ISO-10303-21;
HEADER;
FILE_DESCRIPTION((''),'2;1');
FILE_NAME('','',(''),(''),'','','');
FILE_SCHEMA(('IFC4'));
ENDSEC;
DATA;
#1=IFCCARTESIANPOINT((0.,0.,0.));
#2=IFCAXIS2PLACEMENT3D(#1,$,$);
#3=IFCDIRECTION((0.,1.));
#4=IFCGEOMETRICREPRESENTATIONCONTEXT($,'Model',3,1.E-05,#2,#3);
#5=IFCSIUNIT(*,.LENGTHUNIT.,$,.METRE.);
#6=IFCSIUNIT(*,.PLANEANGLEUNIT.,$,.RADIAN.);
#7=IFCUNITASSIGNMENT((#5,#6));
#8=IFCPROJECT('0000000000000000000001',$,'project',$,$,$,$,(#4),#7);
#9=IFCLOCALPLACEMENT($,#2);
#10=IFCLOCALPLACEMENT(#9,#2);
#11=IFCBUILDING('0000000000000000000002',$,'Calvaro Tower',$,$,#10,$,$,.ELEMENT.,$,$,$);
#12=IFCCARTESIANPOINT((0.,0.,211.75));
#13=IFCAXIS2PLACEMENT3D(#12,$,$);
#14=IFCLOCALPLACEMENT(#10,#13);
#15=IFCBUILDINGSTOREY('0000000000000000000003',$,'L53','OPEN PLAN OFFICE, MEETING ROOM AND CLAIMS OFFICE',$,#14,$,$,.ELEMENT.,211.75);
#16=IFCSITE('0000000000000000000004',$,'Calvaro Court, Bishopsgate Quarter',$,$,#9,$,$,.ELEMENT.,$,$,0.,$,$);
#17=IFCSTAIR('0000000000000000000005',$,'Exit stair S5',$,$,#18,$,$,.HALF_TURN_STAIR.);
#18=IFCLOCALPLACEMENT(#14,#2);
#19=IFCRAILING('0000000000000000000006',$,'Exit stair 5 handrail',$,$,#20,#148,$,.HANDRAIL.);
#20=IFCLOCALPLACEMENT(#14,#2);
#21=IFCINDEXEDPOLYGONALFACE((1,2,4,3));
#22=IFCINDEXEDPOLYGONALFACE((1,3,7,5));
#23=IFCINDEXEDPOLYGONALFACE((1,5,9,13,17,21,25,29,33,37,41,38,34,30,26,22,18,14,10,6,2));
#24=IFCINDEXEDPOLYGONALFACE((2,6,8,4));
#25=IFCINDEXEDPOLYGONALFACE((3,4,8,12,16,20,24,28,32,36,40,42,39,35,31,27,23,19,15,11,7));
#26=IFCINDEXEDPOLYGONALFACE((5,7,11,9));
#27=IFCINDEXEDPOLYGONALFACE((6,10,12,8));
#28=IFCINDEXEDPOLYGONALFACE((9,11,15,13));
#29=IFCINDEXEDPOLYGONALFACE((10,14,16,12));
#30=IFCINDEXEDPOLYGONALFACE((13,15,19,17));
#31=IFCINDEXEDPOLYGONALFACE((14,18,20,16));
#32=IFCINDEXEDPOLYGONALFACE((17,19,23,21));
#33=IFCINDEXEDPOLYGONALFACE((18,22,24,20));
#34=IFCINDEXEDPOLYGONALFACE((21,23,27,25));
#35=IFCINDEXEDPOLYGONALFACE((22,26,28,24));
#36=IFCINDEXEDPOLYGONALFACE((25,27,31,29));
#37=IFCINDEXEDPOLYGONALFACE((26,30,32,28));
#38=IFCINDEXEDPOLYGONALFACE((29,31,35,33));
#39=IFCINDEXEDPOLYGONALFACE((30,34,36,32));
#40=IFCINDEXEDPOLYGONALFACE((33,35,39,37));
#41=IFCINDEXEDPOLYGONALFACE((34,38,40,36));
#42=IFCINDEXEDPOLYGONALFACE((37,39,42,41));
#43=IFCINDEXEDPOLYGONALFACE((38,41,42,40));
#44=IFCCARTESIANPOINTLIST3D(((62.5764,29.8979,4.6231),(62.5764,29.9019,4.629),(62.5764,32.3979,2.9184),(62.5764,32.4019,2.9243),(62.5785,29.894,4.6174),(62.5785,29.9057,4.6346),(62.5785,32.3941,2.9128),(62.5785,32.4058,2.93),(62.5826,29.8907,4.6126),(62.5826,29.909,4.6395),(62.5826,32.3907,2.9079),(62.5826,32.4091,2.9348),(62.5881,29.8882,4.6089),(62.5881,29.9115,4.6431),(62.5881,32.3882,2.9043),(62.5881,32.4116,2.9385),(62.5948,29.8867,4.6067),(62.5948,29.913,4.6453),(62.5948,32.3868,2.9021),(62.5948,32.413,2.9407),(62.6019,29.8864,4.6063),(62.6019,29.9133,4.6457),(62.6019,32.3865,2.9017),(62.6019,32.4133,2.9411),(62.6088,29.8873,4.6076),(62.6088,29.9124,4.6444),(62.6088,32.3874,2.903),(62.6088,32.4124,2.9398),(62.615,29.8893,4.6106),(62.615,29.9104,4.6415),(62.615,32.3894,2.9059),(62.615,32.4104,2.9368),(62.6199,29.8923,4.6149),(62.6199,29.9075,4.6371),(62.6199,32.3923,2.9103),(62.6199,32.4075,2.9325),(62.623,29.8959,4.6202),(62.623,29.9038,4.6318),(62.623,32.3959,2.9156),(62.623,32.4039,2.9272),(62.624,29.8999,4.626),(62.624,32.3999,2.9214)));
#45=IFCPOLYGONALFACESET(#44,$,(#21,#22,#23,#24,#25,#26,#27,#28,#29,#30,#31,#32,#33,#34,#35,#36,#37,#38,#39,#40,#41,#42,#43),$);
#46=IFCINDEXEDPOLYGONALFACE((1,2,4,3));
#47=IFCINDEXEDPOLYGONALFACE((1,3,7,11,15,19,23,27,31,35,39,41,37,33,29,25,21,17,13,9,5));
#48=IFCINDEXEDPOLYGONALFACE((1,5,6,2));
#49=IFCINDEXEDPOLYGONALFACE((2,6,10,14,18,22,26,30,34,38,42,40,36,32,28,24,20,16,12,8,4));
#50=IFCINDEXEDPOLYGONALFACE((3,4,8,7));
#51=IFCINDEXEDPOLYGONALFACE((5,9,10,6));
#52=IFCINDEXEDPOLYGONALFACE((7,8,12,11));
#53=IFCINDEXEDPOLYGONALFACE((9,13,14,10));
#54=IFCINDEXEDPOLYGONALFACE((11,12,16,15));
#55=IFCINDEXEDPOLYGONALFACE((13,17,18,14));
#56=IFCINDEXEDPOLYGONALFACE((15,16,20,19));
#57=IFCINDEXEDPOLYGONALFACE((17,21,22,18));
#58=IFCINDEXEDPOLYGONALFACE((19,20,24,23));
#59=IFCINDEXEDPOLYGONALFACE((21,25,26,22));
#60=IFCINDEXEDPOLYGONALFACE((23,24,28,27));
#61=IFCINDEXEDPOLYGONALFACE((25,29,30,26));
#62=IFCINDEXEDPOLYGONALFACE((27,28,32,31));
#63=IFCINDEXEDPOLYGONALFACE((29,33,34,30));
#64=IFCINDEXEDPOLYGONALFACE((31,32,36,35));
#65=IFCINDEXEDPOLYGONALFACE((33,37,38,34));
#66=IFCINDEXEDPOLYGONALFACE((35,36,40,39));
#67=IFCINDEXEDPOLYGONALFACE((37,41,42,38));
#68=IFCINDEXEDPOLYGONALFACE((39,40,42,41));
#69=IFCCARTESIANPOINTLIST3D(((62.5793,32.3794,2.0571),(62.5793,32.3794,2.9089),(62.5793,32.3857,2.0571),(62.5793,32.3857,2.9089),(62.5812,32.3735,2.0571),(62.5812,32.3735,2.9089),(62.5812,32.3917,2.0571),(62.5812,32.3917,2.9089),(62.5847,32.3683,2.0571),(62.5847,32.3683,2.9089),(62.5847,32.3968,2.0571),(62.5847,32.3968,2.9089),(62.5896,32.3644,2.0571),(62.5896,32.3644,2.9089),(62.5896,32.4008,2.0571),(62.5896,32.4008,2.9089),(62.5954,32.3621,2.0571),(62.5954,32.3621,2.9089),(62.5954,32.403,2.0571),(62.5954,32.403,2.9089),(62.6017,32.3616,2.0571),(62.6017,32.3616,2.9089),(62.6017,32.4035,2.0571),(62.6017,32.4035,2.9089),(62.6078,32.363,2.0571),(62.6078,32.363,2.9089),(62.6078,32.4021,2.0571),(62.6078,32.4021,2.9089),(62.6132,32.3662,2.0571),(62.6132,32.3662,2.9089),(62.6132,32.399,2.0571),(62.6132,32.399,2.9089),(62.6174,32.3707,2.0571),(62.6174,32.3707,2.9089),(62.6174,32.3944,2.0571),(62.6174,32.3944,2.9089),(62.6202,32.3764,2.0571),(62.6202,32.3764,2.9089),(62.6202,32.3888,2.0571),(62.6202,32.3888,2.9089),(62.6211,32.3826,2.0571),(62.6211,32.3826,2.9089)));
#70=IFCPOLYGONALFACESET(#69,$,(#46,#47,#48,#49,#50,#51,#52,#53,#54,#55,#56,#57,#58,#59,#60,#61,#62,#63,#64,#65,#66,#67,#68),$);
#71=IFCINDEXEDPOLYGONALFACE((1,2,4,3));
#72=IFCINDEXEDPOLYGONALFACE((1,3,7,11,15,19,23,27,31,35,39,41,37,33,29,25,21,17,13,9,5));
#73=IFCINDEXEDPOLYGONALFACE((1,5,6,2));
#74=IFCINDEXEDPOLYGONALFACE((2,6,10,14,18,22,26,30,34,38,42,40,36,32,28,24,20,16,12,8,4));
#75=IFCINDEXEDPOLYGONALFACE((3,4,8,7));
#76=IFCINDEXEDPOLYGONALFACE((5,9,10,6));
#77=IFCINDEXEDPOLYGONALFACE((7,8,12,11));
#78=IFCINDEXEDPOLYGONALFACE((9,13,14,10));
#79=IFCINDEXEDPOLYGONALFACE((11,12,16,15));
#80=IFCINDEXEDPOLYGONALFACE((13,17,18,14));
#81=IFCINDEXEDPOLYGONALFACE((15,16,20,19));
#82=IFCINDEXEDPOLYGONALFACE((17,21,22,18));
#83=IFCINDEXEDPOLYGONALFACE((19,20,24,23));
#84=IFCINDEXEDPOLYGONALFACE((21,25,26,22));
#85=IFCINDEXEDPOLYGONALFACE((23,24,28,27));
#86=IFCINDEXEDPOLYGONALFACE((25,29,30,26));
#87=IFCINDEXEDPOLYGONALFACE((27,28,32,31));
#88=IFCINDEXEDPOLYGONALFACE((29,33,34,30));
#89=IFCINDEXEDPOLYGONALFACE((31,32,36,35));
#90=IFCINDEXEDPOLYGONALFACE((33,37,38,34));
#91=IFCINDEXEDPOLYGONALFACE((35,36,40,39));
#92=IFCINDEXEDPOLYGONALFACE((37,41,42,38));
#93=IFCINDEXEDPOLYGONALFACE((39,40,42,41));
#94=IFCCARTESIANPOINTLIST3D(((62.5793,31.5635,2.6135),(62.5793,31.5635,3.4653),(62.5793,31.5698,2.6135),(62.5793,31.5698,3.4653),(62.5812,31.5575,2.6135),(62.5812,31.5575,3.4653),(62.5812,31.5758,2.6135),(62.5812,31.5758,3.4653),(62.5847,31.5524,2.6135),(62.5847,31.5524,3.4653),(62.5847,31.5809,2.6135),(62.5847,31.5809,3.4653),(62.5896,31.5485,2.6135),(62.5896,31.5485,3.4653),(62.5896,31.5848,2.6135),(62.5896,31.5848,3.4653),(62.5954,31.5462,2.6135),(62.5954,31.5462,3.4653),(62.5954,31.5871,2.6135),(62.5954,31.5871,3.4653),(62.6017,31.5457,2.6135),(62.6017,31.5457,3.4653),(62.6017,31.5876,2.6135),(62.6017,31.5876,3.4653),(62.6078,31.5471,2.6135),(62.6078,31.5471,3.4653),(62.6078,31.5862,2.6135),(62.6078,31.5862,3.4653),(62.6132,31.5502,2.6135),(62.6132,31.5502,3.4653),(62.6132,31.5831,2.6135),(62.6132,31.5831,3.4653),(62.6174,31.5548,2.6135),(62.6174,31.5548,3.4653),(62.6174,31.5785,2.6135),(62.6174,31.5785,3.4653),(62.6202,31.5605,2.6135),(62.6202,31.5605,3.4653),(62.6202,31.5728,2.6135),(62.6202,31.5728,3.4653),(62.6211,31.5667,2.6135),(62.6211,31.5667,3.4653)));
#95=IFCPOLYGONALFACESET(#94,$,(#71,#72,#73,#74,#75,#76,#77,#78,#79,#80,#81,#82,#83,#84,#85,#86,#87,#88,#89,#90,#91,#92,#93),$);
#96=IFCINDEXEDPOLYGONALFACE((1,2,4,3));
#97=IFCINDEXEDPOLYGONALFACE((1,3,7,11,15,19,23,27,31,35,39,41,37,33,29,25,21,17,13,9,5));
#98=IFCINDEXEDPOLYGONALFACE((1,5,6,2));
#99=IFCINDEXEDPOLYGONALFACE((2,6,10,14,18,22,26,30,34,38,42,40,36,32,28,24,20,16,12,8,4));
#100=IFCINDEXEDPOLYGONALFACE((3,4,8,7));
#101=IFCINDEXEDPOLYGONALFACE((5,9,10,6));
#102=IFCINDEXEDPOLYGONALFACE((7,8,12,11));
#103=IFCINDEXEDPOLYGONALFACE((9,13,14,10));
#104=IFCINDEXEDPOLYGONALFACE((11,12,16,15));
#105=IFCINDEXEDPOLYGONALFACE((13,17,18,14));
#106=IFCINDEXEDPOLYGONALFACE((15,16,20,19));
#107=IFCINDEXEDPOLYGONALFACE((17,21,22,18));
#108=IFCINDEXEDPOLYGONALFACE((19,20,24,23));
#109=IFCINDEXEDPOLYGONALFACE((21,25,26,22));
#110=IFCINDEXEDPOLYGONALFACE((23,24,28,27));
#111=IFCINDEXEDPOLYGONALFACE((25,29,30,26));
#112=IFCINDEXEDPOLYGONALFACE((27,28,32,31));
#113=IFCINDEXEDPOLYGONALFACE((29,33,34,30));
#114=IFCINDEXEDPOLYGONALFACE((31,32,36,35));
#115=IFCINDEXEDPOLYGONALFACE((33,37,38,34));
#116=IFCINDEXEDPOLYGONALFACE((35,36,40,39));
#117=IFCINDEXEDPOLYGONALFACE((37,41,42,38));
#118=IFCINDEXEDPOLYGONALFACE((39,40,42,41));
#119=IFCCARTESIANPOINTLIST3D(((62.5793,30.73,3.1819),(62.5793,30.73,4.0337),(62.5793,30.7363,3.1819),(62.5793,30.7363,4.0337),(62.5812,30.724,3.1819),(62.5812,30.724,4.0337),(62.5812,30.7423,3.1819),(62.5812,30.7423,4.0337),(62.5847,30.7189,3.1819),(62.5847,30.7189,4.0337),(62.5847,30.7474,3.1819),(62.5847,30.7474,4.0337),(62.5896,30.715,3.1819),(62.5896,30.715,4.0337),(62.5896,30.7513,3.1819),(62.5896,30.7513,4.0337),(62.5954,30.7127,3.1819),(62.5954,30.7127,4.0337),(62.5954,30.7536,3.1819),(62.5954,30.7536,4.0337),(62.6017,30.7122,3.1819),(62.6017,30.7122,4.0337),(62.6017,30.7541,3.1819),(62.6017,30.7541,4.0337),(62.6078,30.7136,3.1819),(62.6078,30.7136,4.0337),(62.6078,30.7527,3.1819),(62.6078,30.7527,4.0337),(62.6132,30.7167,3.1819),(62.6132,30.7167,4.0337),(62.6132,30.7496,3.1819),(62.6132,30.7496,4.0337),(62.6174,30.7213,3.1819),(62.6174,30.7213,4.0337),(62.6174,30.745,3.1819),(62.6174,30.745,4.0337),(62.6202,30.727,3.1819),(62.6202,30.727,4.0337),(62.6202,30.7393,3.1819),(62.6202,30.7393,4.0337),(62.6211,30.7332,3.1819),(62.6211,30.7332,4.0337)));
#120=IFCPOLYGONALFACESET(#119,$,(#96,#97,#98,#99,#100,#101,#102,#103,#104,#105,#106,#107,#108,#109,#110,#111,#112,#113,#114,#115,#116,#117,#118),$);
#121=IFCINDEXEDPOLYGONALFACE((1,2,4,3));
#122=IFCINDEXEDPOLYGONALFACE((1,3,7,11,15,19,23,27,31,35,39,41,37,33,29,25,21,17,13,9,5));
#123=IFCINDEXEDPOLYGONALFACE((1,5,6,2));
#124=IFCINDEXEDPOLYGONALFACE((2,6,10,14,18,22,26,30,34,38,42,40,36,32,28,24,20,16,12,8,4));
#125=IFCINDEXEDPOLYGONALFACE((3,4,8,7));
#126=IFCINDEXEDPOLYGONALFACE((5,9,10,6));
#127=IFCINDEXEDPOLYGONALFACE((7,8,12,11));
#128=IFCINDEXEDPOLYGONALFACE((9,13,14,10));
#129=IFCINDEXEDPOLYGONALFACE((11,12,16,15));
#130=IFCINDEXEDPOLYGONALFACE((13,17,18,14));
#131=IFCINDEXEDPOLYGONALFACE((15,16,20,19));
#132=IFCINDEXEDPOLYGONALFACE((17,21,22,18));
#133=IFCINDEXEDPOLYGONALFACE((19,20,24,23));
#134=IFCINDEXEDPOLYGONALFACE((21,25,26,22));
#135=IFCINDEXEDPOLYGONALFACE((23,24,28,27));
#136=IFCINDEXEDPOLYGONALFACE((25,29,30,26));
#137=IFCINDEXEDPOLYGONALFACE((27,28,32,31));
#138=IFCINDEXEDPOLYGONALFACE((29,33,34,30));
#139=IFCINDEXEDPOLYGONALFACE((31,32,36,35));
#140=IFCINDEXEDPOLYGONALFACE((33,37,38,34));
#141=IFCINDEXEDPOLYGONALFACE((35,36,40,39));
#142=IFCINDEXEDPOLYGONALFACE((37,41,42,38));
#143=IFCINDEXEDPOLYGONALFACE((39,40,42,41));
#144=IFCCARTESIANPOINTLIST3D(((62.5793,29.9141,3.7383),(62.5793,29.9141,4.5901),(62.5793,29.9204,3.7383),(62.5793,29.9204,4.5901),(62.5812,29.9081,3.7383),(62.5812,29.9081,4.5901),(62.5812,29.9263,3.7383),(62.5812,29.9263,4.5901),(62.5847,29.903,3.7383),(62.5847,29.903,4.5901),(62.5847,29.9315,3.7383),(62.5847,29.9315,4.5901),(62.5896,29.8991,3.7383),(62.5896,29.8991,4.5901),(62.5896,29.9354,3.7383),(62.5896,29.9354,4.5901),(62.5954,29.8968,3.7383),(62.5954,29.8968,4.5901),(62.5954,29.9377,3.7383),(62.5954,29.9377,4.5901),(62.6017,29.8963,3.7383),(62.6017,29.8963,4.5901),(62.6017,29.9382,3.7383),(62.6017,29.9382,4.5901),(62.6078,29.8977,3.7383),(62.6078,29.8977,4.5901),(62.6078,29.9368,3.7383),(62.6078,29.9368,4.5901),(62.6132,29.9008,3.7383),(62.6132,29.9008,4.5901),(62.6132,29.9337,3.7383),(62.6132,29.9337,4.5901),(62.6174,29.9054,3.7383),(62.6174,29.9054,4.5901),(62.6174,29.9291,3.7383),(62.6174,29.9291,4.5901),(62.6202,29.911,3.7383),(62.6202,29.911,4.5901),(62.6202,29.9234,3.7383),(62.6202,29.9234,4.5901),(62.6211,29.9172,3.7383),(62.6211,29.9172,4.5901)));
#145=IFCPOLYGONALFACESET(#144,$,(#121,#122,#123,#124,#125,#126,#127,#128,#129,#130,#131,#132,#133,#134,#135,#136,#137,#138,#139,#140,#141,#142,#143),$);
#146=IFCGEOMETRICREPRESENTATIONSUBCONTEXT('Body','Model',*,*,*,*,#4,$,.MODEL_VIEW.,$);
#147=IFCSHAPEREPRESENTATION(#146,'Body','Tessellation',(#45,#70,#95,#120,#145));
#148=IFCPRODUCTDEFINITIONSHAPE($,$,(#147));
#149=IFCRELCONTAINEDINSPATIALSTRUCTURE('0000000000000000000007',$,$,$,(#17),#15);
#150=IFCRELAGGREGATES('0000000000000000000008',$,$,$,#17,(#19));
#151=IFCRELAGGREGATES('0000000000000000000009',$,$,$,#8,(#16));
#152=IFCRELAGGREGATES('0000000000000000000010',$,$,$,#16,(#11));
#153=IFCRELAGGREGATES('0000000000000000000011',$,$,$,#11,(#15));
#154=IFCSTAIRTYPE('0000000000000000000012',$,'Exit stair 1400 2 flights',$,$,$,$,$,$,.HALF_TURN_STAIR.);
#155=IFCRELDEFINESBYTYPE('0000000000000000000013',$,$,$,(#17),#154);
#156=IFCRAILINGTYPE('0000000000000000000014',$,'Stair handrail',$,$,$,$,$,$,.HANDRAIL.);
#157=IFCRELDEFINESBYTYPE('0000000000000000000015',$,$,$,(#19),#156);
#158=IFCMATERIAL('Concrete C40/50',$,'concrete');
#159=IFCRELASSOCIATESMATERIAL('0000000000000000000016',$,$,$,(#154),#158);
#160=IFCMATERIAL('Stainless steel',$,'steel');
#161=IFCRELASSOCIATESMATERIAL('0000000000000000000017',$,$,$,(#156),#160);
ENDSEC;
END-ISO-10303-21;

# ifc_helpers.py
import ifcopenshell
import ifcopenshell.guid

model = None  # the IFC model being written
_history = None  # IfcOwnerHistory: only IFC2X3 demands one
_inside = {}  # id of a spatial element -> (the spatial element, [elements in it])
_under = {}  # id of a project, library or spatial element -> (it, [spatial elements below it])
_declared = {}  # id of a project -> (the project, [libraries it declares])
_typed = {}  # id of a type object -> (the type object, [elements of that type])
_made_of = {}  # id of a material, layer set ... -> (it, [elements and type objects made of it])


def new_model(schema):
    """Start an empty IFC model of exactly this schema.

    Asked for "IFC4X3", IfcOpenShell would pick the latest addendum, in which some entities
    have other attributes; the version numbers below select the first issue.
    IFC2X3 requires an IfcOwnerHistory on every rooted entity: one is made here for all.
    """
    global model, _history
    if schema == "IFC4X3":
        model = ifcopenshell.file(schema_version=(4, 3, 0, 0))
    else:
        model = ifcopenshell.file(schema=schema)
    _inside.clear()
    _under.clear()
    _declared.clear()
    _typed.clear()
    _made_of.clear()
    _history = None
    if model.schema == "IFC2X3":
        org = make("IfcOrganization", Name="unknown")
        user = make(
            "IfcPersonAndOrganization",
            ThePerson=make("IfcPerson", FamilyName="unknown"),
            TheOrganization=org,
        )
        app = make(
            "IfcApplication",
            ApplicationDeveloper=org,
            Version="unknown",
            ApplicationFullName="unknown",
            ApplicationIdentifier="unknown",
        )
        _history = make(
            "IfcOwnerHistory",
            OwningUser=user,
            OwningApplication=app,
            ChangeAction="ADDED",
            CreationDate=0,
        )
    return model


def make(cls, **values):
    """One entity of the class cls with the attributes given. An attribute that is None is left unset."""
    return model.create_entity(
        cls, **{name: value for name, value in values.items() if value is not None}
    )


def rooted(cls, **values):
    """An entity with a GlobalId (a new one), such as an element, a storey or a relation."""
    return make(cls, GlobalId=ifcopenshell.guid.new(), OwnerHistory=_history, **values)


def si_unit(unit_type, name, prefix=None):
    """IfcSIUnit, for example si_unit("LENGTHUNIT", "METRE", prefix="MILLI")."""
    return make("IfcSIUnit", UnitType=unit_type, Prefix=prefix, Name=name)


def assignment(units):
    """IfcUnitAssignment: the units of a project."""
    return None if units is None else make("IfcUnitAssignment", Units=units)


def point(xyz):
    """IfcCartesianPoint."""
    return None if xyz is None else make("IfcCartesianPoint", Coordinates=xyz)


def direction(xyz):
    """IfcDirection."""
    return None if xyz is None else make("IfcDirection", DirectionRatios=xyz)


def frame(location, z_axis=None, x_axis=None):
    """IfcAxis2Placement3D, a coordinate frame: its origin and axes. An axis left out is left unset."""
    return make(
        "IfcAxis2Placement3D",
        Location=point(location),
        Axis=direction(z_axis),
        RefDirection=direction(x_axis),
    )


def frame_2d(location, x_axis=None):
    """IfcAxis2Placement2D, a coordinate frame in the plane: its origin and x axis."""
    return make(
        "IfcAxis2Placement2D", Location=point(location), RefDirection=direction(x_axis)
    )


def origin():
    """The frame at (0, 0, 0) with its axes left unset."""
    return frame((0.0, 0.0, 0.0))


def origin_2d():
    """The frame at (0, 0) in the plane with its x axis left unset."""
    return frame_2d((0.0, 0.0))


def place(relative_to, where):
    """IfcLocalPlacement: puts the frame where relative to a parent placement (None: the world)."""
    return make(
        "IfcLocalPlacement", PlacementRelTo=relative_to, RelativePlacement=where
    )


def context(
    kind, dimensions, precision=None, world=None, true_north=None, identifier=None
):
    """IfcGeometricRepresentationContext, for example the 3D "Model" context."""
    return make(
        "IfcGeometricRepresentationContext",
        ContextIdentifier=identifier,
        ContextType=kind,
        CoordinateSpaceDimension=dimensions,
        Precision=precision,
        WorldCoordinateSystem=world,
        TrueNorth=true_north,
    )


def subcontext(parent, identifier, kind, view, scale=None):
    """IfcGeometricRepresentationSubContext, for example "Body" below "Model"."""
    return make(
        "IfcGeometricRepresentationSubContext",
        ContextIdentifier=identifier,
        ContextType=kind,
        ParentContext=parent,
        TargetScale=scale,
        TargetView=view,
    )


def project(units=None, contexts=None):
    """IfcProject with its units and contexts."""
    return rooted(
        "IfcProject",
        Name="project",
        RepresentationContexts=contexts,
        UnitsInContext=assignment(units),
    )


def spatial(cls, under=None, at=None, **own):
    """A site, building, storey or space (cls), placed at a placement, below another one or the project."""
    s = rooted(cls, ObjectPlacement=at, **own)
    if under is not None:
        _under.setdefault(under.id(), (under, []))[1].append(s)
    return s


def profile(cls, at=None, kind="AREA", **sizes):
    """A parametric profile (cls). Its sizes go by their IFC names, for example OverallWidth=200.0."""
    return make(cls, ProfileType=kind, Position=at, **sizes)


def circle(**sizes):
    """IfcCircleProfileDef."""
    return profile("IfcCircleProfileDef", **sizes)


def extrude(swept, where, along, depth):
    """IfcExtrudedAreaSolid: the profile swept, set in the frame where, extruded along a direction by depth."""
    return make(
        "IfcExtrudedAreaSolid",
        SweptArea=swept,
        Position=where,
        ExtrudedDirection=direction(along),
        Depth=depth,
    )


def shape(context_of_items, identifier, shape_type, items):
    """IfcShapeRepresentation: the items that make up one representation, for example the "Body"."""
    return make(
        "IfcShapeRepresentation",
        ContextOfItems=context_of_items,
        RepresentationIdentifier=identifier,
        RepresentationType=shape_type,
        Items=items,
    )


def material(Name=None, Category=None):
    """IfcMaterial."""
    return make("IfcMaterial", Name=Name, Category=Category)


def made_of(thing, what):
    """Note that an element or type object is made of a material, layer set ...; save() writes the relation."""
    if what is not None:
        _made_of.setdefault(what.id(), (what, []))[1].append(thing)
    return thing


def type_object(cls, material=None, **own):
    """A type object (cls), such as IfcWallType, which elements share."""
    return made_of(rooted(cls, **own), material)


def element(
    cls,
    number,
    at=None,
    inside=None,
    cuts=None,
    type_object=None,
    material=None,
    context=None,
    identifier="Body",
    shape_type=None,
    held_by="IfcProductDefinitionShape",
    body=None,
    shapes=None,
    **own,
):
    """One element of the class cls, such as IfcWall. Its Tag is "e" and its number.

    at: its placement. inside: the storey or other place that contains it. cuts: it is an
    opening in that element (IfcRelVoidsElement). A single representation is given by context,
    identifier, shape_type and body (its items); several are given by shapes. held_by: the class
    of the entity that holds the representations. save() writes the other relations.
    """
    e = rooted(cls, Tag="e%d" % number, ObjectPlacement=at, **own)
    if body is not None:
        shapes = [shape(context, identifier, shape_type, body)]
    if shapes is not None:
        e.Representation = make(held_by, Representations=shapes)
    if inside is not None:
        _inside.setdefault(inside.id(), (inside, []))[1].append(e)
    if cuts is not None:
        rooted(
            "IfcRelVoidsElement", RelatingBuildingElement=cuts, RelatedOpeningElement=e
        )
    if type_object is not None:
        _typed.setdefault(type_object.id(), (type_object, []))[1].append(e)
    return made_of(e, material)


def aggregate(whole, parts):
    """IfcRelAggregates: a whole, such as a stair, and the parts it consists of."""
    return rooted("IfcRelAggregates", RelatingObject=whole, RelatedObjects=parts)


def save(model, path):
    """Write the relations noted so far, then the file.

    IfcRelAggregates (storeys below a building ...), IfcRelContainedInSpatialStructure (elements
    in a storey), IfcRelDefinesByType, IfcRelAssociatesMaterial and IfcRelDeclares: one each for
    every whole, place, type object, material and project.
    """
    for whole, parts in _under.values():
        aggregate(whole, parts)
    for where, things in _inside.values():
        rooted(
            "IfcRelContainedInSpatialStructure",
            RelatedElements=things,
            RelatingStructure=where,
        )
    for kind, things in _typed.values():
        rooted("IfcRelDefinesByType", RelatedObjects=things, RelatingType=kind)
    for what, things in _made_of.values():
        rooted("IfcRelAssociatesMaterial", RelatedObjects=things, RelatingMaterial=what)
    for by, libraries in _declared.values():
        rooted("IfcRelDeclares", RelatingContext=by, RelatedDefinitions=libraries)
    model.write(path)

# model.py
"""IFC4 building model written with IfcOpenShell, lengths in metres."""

from ifc_helpers import new_model, si_unit, direction, frame, origin, origin_2d, place, context, subcontext, project, spatial, circle, extrude, material, type_object, element, aggregate, save


model = new_model("IFC4")

# Units and contexts
model_context = context("Model", 3, precision=1e-05, world=origin(), true_north=direction((0.0, 1.0)))
body_context = subcontext(model_context, "Body", "Model", "MODEL_VIEW")
ifc_project = project(units=[si_unit("LENGTHUNIT", "METRE"), si_unit("PLANEANGLEUNIT", "RADIAN")], contexts=[model_context])

# Site, building, storey
site_placement = place(None, origin())
site = spatial("IfcSite", under=ifc_project, at=site_placement, Name="Calvaro Court, Bishopsgate Quarter", CompositionType="ELEMENT", RefElevation=0.0)
building_placement = place(site_placement, origin())
building = spatial("IfcBuilding", under=site, at=building_placement, Name="Calvaro Tower", CompositionType="ELEMENT")
storey_placement = place(building_placement, frame((0.0, 0.0, 211.75)))
storey = spatial("IfcBuildingStorey", under=building, at=storey_placement, Name="L53", Description="OPEN PLAN OFFICE, MEETING ROOM AND CLAIMS OFFICE", CompositionType="ELEMENT", Elevation=211.75)

# Stair
ifc_material_1 = material(Name="Concrete C40/50", Category="concrete")
stair_type = type_object("IfcStairType", Name="Exit stair 1400 2 flights", PredefinedType="HALF_TURN_STAIR", material=ifc_material_1)
stair_1_placement = place(storey_placement, origin())
stair_1 = element("IfcStair", 1, at=stair_1_placement, inside=storey, type_object=stair_type, Name="Exit stair S5", PredefinedType="HALF_TURN_STAIR")

# Railing
ifc_material_2 = material(Name="Stainless steel", Category="steel")
railing_type = type_object("IfcRailingType", Name="Stair handrail", PredefinedType="HANDRAIL", material=ifc_material_2)
railing_1_placement = place(storey_placement, frame((62.6001, 32.3999, 2.0454)))
railing_1 = element("IfcRailing", 2, at=railing_1_placement, type_object=railing_type, Name="Exit stair 5 handrail", PredefinedType="HANDRAIL", context=body_context, shape_type="SweptSolid", body=[
    extrude(circle(Radius=0.0239, at=origin_2d()), frame((0.0, 0.0, 0.876), z_axis=(0.0, -0.826221, 0.563347), x_axis=(1.0, 0.0, 0.0)), (0.0, 0.0, 1.0), 3.0259),
    extrude(circle(Radius=0.021, at=origin_2d()), frame((0.0, -0.0173, 0.0117)), (0.0, 0.0, 1.0), 0.8518),
    extrude(circle(Radius=0.021, at=origin_2d()), frame((0.0, -0.8333, 0.5681)), (0.0, 0.0, 1.0), 0.8518),
    extrude(circle(Radius=0.021, at=origin_2d()), frame((0.0, -1.6667, 1.1365)), (0.0, 0.0, 1.0), 0.8518),
    extrude(circle(Radius=0.021, at=origin_2d()), frame((0.0, -2.4827, 1.6929)), (0.0, 0.0, 1.0), 0.8518),
])
aggregate(stair_1, [railing_1])

save(model, "model.ifc")
